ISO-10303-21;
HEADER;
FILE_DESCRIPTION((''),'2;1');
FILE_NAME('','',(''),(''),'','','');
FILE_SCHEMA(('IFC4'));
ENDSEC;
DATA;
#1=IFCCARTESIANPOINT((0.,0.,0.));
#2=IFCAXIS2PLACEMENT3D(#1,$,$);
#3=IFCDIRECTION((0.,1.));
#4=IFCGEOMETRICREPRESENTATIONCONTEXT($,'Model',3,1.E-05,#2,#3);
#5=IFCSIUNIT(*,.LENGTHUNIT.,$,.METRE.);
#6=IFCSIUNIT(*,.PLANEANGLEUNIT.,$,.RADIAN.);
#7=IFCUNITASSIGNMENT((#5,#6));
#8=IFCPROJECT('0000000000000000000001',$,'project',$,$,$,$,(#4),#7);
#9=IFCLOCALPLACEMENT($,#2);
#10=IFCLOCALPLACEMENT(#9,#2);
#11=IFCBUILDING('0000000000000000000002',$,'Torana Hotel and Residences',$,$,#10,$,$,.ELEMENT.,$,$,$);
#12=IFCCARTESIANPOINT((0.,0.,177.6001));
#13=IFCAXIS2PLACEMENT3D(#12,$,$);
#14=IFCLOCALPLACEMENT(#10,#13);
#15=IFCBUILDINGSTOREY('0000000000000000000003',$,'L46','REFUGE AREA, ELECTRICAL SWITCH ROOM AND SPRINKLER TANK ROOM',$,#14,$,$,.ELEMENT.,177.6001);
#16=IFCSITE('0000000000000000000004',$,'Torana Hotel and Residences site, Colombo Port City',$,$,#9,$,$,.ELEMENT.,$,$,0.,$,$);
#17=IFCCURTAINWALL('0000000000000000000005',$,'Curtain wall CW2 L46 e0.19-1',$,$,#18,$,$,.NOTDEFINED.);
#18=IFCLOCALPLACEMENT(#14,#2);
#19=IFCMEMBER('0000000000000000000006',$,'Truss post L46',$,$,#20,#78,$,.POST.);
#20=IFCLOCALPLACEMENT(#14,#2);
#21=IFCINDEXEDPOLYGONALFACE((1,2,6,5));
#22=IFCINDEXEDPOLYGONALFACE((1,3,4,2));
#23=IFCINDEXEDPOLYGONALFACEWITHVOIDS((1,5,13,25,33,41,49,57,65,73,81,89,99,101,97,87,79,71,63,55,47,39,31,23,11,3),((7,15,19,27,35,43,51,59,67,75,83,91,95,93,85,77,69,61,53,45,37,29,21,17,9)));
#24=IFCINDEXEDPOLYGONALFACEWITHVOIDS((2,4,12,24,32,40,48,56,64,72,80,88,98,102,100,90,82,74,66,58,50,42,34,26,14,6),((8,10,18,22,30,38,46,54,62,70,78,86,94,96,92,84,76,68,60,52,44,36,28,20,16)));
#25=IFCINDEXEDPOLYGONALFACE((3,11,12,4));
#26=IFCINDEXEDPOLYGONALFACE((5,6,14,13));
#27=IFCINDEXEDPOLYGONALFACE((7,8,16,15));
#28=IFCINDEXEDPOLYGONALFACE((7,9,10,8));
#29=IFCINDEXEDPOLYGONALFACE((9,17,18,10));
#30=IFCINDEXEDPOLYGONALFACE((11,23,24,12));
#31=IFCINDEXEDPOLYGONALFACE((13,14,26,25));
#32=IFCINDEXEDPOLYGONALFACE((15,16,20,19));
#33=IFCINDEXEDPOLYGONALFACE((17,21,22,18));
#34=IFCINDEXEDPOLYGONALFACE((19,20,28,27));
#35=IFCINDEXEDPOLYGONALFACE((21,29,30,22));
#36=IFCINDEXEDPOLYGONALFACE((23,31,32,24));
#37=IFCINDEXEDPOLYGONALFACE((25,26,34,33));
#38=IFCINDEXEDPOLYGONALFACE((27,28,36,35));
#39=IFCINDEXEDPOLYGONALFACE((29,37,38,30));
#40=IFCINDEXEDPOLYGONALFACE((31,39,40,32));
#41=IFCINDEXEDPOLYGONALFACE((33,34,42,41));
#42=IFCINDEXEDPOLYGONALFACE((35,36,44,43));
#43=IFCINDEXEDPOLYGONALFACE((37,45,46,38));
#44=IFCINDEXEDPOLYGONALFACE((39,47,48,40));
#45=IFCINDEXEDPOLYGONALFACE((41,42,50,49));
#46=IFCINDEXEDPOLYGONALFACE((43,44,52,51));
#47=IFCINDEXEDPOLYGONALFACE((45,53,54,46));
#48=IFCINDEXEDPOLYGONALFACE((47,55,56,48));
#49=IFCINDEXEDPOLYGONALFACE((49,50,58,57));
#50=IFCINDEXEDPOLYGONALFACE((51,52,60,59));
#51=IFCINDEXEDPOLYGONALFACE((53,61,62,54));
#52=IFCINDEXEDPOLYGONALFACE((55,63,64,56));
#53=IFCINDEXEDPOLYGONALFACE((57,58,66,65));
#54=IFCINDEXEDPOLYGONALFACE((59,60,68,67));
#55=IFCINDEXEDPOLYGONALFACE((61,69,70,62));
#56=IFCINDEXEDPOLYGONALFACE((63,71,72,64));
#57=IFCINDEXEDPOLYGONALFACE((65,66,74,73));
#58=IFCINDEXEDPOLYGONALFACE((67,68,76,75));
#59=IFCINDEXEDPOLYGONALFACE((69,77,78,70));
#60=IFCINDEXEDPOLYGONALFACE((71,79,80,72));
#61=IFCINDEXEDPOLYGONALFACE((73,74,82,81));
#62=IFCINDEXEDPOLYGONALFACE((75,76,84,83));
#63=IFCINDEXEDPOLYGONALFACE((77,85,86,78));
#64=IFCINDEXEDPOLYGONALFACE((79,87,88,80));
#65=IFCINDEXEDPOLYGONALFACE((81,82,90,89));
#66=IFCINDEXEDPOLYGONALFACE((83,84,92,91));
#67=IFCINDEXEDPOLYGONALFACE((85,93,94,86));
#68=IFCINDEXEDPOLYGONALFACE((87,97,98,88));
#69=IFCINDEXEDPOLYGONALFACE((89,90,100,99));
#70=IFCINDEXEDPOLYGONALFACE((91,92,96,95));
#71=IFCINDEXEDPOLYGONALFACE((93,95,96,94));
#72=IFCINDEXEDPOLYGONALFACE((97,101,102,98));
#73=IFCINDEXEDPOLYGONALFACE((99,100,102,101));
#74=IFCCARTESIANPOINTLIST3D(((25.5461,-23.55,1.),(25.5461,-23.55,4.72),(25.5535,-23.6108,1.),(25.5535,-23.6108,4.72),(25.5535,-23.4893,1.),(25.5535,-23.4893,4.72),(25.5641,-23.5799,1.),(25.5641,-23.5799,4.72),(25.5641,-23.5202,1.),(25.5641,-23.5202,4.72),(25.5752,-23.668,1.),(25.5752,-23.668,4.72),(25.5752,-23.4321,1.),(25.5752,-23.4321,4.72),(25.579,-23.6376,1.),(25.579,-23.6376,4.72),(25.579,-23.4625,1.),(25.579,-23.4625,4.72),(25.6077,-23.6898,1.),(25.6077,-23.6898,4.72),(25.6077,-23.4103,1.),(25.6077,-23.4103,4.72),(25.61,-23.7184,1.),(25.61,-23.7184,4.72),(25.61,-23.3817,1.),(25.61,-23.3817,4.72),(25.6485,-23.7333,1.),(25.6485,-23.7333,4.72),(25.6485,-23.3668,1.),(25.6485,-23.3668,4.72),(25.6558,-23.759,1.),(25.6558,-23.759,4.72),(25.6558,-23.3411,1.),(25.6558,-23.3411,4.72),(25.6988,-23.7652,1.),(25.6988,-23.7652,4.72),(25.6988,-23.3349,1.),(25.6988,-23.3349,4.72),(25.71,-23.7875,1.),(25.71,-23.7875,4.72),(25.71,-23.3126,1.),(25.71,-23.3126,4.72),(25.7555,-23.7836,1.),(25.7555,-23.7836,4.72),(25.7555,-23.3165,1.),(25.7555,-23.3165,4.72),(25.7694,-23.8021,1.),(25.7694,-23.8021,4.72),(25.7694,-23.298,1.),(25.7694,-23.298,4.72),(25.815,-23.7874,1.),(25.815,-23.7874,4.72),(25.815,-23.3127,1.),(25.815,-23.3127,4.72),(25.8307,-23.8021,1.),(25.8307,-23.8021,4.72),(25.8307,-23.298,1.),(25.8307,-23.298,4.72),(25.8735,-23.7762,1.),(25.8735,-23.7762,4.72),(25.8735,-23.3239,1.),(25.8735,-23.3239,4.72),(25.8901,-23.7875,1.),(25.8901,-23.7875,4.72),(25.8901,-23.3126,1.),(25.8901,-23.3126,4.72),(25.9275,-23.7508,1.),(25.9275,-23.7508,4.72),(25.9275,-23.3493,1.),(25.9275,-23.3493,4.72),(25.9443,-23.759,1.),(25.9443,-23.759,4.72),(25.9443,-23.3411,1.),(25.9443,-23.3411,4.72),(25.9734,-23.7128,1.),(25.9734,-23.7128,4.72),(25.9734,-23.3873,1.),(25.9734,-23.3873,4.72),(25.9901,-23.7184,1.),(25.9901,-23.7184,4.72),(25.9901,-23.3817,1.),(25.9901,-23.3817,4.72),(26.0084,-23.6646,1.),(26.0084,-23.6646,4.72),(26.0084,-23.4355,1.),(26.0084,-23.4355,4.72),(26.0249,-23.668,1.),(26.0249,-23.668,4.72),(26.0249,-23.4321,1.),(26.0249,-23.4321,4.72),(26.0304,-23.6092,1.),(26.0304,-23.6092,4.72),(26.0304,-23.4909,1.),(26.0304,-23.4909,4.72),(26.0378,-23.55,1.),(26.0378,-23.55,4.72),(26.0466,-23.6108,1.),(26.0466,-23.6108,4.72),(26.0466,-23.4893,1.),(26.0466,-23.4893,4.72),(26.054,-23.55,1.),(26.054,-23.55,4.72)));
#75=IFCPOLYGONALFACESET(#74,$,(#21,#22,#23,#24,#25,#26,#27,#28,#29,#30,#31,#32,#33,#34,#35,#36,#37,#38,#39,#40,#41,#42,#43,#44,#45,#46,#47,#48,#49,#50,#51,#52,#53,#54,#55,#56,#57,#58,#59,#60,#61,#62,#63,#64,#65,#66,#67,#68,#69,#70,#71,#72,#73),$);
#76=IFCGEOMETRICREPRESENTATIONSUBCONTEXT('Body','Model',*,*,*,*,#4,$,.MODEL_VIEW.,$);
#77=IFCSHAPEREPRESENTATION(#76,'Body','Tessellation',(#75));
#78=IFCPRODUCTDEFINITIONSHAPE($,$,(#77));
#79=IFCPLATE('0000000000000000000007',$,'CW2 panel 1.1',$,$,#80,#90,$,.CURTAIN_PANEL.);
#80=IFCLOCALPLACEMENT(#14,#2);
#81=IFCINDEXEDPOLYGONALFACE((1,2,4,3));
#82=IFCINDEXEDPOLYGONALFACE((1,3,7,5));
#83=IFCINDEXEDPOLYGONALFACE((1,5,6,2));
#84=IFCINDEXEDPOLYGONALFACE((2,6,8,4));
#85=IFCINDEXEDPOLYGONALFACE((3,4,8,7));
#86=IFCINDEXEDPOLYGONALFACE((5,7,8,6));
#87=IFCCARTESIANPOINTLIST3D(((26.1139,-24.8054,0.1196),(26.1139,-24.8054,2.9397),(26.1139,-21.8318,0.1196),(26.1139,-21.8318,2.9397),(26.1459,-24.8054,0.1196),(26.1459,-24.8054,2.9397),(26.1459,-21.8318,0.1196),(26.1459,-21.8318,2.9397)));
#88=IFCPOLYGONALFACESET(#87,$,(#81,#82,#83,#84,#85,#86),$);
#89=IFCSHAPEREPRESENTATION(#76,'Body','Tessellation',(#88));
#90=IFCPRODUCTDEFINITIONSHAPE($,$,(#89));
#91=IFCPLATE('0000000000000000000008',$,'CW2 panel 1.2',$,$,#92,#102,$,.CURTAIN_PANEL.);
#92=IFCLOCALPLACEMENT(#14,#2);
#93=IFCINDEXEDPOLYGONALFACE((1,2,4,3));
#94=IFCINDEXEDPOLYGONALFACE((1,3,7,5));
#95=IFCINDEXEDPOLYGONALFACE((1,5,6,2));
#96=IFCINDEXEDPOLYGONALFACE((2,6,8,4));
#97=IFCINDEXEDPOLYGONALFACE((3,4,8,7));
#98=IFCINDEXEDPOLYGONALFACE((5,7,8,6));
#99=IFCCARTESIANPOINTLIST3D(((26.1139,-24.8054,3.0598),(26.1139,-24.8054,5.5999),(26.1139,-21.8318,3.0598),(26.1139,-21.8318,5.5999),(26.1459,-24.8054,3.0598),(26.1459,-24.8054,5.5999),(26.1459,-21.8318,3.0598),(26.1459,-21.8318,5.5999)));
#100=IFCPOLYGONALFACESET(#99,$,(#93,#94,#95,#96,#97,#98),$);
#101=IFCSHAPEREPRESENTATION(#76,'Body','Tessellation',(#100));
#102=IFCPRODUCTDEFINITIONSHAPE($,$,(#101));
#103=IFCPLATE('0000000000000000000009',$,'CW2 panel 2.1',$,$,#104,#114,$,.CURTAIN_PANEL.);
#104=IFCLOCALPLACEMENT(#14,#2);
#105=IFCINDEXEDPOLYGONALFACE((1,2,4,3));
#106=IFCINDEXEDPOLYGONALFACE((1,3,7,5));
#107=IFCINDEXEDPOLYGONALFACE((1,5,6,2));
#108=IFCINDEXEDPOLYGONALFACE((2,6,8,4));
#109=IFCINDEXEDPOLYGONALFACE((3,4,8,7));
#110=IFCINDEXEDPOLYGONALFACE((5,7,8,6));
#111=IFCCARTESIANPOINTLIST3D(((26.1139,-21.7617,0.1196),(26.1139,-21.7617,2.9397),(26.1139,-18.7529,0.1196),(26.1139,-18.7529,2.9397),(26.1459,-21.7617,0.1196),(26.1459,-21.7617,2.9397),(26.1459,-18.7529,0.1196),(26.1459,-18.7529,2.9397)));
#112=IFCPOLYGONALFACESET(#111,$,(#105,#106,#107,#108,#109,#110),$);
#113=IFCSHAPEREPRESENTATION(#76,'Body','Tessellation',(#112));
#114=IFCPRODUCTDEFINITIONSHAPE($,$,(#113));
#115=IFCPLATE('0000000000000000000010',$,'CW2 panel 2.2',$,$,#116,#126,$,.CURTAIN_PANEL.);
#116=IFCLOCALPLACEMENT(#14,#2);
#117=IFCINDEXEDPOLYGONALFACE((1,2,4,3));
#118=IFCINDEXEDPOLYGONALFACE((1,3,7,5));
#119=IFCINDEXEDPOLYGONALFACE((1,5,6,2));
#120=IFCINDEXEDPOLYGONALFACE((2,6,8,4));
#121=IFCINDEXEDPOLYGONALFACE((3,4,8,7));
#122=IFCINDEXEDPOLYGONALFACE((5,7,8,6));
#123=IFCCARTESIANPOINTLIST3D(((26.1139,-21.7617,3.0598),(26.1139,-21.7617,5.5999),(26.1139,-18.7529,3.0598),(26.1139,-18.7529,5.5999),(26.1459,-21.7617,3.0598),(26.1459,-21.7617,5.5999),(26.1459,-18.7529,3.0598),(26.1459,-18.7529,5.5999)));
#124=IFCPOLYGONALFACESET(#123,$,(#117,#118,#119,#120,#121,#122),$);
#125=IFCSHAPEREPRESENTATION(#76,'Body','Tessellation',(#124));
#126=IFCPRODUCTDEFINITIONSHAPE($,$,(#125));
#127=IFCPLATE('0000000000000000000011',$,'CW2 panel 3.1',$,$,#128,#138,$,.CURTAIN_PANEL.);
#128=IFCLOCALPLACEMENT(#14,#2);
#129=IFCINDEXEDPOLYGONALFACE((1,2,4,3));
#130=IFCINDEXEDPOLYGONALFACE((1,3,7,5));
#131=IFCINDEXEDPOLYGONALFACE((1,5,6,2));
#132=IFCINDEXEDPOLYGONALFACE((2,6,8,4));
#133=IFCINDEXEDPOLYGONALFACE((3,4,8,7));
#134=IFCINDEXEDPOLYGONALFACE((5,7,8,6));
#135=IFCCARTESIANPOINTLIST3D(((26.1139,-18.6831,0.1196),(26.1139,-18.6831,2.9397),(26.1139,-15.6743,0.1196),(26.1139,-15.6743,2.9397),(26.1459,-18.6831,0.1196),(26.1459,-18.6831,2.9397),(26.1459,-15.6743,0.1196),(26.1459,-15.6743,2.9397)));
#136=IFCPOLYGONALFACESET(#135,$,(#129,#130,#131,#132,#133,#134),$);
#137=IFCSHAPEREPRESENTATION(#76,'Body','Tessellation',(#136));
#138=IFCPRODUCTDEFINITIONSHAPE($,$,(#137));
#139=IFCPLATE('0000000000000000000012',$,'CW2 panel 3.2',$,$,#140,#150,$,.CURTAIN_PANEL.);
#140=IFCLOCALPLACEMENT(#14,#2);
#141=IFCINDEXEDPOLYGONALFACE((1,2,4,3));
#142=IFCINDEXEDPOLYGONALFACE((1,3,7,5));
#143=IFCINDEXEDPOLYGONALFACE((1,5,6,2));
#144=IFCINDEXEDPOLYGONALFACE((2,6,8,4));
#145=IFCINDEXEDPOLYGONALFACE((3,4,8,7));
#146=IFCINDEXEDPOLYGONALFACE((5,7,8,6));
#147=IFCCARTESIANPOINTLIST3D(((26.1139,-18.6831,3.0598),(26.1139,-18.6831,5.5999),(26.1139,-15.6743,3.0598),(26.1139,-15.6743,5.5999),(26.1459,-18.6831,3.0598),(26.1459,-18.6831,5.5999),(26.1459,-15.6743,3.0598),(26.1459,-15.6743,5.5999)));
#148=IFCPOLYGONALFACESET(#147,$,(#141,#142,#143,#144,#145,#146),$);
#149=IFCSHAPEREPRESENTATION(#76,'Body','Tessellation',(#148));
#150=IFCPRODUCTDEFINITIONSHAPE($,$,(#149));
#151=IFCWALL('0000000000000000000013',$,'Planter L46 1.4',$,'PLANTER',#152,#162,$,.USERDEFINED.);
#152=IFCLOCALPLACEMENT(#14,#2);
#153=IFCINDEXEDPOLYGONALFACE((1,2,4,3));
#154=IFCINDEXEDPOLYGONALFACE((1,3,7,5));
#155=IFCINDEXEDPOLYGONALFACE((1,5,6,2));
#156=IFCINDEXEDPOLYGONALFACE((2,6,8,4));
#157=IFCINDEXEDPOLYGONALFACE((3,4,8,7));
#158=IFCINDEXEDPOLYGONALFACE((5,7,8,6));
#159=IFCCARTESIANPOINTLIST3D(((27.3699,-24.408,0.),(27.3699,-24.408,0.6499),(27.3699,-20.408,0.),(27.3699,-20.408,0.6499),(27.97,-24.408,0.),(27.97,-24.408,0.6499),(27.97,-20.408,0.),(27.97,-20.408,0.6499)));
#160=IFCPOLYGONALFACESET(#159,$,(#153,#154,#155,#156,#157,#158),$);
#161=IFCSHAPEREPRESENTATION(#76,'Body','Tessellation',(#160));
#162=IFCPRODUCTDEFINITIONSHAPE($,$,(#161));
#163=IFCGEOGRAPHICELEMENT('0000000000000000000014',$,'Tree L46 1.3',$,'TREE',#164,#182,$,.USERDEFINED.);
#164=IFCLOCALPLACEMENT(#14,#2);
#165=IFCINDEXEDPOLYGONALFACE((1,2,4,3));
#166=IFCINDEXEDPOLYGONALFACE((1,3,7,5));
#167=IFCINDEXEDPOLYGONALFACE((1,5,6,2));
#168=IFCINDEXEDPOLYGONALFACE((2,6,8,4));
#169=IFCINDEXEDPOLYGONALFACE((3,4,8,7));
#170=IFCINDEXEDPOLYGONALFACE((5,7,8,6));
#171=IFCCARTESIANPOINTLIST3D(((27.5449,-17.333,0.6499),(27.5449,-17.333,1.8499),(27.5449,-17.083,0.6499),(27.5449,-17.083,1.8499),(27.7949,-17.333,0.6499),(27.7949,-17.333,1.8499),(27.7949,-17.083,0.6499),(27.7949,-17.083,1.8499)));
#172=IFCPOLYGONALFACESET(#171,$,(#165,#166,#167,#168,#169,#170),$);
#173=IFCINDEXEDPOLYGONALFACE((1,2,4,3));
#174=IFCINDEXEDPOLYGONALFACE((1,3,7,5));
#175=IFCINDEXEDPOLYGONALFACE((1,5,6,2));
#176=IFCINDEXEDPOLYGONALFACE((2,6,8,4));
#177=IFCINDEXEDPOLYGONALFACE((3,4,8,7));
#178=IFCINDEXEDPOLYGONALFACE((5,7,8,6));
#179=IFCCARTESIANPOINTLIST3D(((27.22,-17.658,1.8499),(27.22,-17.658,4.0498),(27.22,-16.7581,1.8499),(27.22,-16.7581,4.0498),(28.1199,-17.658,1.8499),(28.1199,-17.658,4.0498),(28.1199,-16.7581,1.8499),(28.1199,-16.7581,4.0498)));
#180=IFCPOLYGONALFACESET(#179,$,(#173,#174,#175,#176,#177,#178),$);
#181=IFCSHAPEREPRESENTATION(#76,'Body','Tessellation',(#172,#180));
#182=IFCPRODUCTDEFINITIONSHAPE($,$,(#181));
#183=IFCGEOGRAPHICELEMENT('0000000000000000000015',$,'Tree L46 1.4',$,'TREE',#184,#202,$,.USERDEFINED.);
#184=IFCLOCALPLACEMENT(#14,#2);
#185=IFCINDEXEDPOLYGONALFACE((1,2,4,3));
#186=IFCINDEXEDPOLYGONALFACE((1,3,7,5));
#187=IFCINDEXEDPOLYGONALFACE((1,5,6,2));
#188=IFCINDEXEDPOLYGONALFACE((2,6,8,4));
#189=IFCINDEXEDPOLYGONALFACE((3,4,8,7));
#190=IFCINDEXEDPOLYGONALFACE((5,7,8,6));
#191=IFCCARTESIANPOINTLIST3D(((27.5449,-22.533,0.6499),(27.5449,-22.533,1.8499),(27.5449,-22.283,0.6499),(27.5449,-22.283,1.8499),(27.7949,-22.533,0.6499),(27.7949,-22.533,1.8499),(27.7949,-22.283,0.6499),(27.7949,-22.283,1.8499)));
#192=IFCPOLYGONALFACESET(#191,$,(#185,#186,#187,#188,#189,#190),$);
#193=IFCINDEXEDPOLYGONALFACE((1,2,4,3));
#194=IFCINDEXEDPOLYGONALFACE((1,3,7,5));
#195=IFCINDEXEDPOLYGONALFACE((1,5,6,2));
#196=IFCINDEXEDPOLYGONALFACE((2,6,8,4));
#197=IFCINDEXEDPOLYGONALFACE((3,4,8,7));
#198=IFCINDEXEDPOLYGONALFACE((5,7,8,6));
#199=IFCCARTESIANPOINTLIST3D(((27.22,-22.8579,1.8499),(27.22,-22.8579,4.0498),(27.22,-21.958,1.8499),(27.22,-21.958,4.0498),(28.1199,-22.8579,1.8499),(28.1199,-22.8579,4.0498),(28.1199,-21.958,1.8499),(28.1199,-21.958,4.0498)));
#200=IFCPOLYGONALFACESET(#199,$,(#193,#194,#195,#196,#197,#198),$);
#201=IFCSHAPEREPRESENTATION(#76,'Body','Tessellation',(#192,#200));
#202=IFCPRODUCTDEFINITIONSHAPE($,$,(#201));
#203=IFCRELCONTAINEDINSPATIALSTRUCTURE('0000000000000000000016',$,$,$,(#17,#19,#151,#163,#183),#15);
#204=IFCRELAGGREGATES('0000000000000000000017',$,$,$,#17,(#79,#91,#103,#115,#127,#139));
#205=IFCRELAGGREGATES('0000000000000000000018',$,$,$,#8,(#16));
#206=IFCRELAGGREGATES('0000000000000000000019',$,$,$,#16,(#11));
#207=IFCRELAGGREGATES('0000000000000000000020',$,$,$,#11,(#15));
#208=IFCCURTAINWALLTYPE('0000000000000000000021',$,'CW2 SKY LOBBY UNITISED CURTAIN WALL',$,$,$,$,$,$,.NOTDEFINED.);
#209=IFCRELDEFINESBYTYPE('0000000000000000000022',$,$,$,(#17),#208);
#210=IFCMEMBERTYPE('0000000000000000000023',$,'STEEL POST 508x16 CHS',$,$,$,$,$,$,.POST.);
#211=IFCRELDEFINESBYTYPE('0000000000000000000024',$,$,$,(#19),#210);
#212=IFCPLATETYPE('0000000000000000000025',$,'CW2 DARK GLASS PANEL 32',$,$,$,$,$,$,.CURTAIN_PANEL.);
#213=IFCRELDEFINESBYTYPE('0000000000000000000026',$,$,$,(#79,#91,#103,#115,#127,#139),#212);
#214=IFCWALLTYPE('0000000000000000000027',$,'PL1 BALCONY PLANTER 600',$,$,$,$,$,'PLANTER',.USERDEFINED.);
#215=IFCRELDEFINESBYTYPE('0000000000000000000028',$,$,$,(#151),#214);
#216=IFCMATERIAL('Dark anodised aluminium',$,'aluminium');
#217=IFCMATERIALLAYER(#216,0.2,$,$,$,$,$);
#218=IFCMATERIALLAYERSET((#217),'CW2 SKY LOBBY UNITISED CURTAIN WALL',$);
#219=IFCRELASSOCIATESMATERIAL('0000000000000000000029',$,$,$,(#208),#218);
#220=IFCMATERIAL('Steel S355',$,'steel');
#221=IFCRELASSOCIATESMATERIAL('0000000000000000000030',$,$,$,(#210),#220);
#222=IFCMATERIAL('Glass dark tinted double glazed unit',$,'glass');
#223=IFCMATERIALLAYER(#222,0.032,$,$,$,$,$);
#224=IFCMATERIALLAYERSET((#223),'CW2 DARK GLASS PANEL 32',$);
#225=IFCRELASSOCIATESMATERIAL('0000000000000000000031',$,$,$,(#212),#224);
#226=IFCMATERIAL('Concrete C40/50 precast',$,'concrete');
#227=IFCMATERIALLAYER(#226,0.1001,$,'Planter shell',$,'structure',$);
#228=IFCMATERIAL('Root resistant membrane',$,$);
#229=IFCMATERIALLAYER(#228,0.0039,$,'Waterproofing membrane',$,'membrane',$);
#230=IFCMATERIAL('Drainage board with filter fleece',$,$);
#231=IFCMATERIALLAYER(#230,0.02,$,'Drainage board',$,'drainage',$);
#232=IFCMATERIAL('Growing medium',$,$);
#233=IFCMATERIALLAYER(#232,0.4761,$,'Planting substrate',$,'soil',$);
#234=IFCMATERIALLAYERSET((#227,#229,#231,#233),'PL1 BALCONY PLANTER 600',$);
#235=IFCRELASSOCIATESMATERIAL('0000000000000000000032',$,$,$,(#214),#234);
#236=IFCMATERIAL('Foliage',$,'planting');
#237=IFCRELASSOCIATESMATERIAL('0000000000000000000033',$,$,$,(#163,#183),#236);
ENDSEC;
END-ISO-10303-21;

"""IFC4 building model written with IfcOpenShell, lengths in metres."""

from ifc_helpers import new_model, si_unit, direction, frame, frame_2d, origin, origin_2d, place, context, subcontext, project, spatial, rectangle, hollow_circle, extrude, material, layer, layer_set, material_profile, profile_set, type_object, element, aggregate, save


model = new_model("IFC4")

# Units and contexts
model_context = context("Model", 3, precision=1e-05, world=origin(), true_north=direction((0.0, 1.0)))
body_context = subcontext(model_context, "Body", "Model", "MODEL_VIEW")
ifc_project = project(units=[si_unit("LENGTHUNIT", "METRE"), si_unit("PLANEANGLEUNIT", "RADIAN")], contexts=[model_context])

# Site, building, storey
site_placement = place(None, origin())
site = spatial("IfcSite", under=ifc_project, at=site_placement, Name="Torana Hotel and Residences site, Colombo Port City", CompositionType="ELEMENT", RefElevation=0.0)
building_placement = place(site_placement, origin())
building = spatial("IfcBuilding", under=site, at=building_placement, Name="Torana Hotel and Residences", CompositionType="ELEMENT")
storey_placement = place(building_placement, frame((0.0, 0.0, 177.6001)))
storey = spatial("IfcBuildingStorey", under=building, at=storey_placement, Name="L46", Description="REFUGE AREA, ELECTRICAL SWITCH ROOM AND SPRINKLER TANK ROOM", CompositionType="ELEMENT", Elevation=177.6001)

# Curtain wall
ifc_material_1 = material(Name="Dark anodised aluminium", Category="aluminium")
ifc_layer_1 = layer(ifc_material_1, 0.2)
ifc_layer_set_1 = layer_set([ifc_layer_1], Name="CW2 SKY LOBBY UNITISED CURTAIN WALL")
curtain_wall_type = type_object("IfcCurtainWallType", Name="CW2 SKY LOBBY UNITISED CURTAIN WALL", PredefinedType="NOTDEFINED", material=ifc_layer_set_1)
curtain_wall_placement = place(storey_placement, origin())
curtain_wall = element("IfcCurtainWall", 1, at=curtain_wall_placement, inside=storey, type_object=curtain_wall_type, Name="Curtain wall CW2 L46 e0.19-1", PredefinedType="NOTDEFINED")

# Member
ifc_material_2 = material(Name="Steel S355", Category="steel")
ifc_material_profile_1 = material_profile(ifc_material_2, hollow_circle(Radius=0.2539, WallThickness=0.0161, at=origin_2d()), Name="508x16 CHS")
ifc_profile_set_1 = profile_set([ifc_material_profile_1], Name="Steel S355")
member_type_1 = type_object("IfcMemberType", Name="STEEL POST 508x16 CHS", PredefinedType="POST", material=ifc_profile_set_1)
member_1_placement = place(storey_placement, frame((25.8, -23.55, 1.0), z_axis=(0.0, 0.0, 1.0), x_axis=(1.0, 0.0, 0.0)))
element("IfcMember", 2, at=member_1_placement, inside=storey, type_object=member_type_1, Name="Truss post L46", PredefinedType="POST", context=body_context, shape_type="SweptSolid", body=[
    extrude(hollow_circle(Radius=0.2539, WallThickness=0.0161, at=origin_2d()), origin(), (0.0, 0.0, 1.0), 3.72),
])

# Plates
ifc_material_3 = material(Name="Glass dark tinted double glazed unit", Category="glass")
ifc_layer_2 = layer(ifc_material_3, 0.032)
ifc_layer_set_2 = layer_set([ifc_layer_2], Name="CW2 DARK GLASS PANEL 32")
plate_type = type_object("IfcPlateType", Name="CW2 DARK GLASS PANEL 32", PredefinedType="CURTAIN_PANEL", material=ifc_layer_set_2)
plate_1_placement = place(storey_placement, frame((26.1299, -23.3186, 0.1196), z_axis=(0.0, 0.0, 1.0), x_axis=(0.0, 1.0, 0.0)))
plate_1 = element("IfcPlate", 3, at=plate_1_placement, type_object=plate_type, Name="CW2 panel 1.1", PredefinedType="CURTAIN_PANEL", context=body_context, shape_type="SweptSolid", body=[
    extrude(rectangle(XDim=2.9736, YDim=0.032, at=origin_2d()), origin(), (0.0, 0.0, 1.0), 2.8201),
])
plate_2_placement = place(storey_placement, frame((26.1299, -23.3186, 3.0598), z_axis=(0.0, 0.0, 1.0), x_axis=(0.0, 1.0, 0.0)))
plate_2 = element("IfcPlate", 4, at=plate_2_placement, type_object=plate_type, Name="CW2 panel 1.2", PredefinedType="CURTAIN_PANEL", context=body_context, shape_type="SweptSolid", body=[
    extrude(rectangle(XDim=2.9736, YDim=0.032, at=origin_2d()), origin(), (0.0, 0.0, 1.0), 2.54),
])
plate_3_placement = place(storey_placement, frame((26.1299, -20.2573, 0.1196), z_axis=(0.0, 0.0, 1.0), x_axis=(0.0, 1.0, 0.0)))
plate_3 = element("IfcPlate", 5, at=plate_3_placement, type_object=plate_type, Name="CW2 panel 2.1", PredefinedType="CURTAIN_PANEL", context=body_context, shape_type="SweptSolid", body=[
    extrude(rectangle(XDim=3.0088, YDim=0.032, at=origin_2d()), origin(), (0.0, 0.0, 1.0), 2.8201),
])
plate_4_placement = place(storey_placement, frame((26.1299, -20.2573, 3.0598), z_axis=(0.0, 0.0, 1.0), x_axis=(0.0, 1.0, 0.0)))
plate_4 = element("IfcPlate", 6, at=plate_4_placement, type_object=plate_type, Name="CW2 panel 2.2", PredefinedType="CURTAIN_PANEL", context=body_context, shape_type="SweptSolid", body=[
    extrude(rectangle(XDim=3.0088, YDim=0.032, at=origin_2d()), origin(), (0.0, 0.0, 1.0), 2.54),
])
plate_5_placement = place(storey_placement, frame((26.1299, -17.1787, 0.1196), z_axis=(0.0, 0.0, 1.0), x_axis=(0.0, 1.0, 0.0)))
plate_5 = element("IfcPlate", 7, at=plate_5_placement, type_object=plate_type, Name="CW2 panel 3.1", PredefinedType="CURTAIN_PANEL", context=body_context, shape_type="SweptSolid", body=[
    extrude(rectangle(XDim=3.0088, YDim=0.032, at=origin_2d()), origin(), (0.0, 0.0, 1.0), 2.8201),
])
plate_6_placement = place(storey_placement, frame((26.1299, -17.1787, 3.0598), z_axis=(0.0, 0.0, 1.0), x_axis=(0.0, 1.0, 0.0)))
plate_6 = element("IfcPlate", 8, at=plate_6_placement, type_object=plate_type, Name="CW2 panel 3.2", PredefinedType="CURTAIN_PANEL", context=body_context, shape_type="SweptSolid", body=[
    extrude(rectangle(XDim=3.0088, YDim=0.032, at=origin_2d()), origin(), (0.0, 0.0, 1.0), 2.54),
])
aggregate(curtain_wall, [plate_1, plate_2, plate_3, plate_4, plate_5, plate_6])

# Wall
ifc_material_4 = material(Name="Concrete C40/50 precast", Category="concrete")
ifc_layer_3 = layer(ifc_material_4, 0.1001, Name="Planter shell", Category="structure")
ifc_material_5 = material(Name="Root resistant membrane")
ifc_layer_4 = layer(ifc_material_5, 0.0039, Name="Waterproofing membrane", Category="membrane")
ifc_material_6 = material(Name="Drainage board with filter fleece")
ifc_layer_5 = layer(ifc_material_6, 0.02, Name="Drainage board", Category="drainage")
ifc_material_7 = material(Name="Growing medium")
ifc_layer_6 = layer(ifc_material_7, 0.4761, Name="Planting substrate", Category="soil")
ifc_layer_set_3 = layer_set([ifc_layer_3, ifc_layer_4, ifc_layer_5, ifc_layer_6], Name="PL1 BALCONY PLANTER 600")
wall_type = type_object("IfcWallType", Name="PL1 BALCONY PLANTER 600", ElementType="PLANTER", PredefinedType="USERDEFINED", material=ifc_layer_set_3)
wall_placement = place(storey_placement, frame((27.6699, -20.408, 0.0), z_axis=(0.0, 0.0, 1.0), x_axis=(0.0, -1.0, 0.0)))
element("IfcWall", 9, at=wall_placement, inside=storey, type_object=wall_type, Name="Planter L46 1.4", ObjectType="PLANTER", PredefinedType="USERDEFINED", context=body_context, shape_type="SweptSolid", body=[
    extrude(rectangle(XDim=4.0, YDim=0.6001, at=frame_2d((2.0, 0.0))), origin(), (0.0, 0.0, 1.0), 0.6499),
])

# Geographic elements
ifc_material_8 = material(Name="Foliage", Category="planting")
for number, where, z_axis, x_axis, name in (
    (10, (27.6699, -17.208, 0.6499), (0.0, 0.0, 1.0), (1.0, 0.0, 0.0), "Tree L46 1.3"),
    (11, (27.6699, -22.408, 0.6499), (0.0, 0.0, 1.0), (1.0, 0.0, 0.0), "Tree L46 1.4"),
):
    element("IfcGeographicElement", number, at=place(storey_placement, frame(where, z_axis=z_axis, x_axis=x_axis)), inside=storey, material=ifc_material_8, Name=name, ObjectType="TREE", PredefinedType="USERDEFINED", context=body_context, shape_type="SweptSolid", body=[
        extrude(rectangle(XDim=0.25, YDim=0.25, at=origin_2d()), origin(), (0.0, 0.0, 1.0), 1.2),
        extrude(rectangle(XDim=0.8999, YDim=0.8999, at=origin_2d()), frame((0.0, 0.0, 1.2)), (0.0, 0.0, 1.0), 2.2),
    ])

save(model, "model.ifc")
